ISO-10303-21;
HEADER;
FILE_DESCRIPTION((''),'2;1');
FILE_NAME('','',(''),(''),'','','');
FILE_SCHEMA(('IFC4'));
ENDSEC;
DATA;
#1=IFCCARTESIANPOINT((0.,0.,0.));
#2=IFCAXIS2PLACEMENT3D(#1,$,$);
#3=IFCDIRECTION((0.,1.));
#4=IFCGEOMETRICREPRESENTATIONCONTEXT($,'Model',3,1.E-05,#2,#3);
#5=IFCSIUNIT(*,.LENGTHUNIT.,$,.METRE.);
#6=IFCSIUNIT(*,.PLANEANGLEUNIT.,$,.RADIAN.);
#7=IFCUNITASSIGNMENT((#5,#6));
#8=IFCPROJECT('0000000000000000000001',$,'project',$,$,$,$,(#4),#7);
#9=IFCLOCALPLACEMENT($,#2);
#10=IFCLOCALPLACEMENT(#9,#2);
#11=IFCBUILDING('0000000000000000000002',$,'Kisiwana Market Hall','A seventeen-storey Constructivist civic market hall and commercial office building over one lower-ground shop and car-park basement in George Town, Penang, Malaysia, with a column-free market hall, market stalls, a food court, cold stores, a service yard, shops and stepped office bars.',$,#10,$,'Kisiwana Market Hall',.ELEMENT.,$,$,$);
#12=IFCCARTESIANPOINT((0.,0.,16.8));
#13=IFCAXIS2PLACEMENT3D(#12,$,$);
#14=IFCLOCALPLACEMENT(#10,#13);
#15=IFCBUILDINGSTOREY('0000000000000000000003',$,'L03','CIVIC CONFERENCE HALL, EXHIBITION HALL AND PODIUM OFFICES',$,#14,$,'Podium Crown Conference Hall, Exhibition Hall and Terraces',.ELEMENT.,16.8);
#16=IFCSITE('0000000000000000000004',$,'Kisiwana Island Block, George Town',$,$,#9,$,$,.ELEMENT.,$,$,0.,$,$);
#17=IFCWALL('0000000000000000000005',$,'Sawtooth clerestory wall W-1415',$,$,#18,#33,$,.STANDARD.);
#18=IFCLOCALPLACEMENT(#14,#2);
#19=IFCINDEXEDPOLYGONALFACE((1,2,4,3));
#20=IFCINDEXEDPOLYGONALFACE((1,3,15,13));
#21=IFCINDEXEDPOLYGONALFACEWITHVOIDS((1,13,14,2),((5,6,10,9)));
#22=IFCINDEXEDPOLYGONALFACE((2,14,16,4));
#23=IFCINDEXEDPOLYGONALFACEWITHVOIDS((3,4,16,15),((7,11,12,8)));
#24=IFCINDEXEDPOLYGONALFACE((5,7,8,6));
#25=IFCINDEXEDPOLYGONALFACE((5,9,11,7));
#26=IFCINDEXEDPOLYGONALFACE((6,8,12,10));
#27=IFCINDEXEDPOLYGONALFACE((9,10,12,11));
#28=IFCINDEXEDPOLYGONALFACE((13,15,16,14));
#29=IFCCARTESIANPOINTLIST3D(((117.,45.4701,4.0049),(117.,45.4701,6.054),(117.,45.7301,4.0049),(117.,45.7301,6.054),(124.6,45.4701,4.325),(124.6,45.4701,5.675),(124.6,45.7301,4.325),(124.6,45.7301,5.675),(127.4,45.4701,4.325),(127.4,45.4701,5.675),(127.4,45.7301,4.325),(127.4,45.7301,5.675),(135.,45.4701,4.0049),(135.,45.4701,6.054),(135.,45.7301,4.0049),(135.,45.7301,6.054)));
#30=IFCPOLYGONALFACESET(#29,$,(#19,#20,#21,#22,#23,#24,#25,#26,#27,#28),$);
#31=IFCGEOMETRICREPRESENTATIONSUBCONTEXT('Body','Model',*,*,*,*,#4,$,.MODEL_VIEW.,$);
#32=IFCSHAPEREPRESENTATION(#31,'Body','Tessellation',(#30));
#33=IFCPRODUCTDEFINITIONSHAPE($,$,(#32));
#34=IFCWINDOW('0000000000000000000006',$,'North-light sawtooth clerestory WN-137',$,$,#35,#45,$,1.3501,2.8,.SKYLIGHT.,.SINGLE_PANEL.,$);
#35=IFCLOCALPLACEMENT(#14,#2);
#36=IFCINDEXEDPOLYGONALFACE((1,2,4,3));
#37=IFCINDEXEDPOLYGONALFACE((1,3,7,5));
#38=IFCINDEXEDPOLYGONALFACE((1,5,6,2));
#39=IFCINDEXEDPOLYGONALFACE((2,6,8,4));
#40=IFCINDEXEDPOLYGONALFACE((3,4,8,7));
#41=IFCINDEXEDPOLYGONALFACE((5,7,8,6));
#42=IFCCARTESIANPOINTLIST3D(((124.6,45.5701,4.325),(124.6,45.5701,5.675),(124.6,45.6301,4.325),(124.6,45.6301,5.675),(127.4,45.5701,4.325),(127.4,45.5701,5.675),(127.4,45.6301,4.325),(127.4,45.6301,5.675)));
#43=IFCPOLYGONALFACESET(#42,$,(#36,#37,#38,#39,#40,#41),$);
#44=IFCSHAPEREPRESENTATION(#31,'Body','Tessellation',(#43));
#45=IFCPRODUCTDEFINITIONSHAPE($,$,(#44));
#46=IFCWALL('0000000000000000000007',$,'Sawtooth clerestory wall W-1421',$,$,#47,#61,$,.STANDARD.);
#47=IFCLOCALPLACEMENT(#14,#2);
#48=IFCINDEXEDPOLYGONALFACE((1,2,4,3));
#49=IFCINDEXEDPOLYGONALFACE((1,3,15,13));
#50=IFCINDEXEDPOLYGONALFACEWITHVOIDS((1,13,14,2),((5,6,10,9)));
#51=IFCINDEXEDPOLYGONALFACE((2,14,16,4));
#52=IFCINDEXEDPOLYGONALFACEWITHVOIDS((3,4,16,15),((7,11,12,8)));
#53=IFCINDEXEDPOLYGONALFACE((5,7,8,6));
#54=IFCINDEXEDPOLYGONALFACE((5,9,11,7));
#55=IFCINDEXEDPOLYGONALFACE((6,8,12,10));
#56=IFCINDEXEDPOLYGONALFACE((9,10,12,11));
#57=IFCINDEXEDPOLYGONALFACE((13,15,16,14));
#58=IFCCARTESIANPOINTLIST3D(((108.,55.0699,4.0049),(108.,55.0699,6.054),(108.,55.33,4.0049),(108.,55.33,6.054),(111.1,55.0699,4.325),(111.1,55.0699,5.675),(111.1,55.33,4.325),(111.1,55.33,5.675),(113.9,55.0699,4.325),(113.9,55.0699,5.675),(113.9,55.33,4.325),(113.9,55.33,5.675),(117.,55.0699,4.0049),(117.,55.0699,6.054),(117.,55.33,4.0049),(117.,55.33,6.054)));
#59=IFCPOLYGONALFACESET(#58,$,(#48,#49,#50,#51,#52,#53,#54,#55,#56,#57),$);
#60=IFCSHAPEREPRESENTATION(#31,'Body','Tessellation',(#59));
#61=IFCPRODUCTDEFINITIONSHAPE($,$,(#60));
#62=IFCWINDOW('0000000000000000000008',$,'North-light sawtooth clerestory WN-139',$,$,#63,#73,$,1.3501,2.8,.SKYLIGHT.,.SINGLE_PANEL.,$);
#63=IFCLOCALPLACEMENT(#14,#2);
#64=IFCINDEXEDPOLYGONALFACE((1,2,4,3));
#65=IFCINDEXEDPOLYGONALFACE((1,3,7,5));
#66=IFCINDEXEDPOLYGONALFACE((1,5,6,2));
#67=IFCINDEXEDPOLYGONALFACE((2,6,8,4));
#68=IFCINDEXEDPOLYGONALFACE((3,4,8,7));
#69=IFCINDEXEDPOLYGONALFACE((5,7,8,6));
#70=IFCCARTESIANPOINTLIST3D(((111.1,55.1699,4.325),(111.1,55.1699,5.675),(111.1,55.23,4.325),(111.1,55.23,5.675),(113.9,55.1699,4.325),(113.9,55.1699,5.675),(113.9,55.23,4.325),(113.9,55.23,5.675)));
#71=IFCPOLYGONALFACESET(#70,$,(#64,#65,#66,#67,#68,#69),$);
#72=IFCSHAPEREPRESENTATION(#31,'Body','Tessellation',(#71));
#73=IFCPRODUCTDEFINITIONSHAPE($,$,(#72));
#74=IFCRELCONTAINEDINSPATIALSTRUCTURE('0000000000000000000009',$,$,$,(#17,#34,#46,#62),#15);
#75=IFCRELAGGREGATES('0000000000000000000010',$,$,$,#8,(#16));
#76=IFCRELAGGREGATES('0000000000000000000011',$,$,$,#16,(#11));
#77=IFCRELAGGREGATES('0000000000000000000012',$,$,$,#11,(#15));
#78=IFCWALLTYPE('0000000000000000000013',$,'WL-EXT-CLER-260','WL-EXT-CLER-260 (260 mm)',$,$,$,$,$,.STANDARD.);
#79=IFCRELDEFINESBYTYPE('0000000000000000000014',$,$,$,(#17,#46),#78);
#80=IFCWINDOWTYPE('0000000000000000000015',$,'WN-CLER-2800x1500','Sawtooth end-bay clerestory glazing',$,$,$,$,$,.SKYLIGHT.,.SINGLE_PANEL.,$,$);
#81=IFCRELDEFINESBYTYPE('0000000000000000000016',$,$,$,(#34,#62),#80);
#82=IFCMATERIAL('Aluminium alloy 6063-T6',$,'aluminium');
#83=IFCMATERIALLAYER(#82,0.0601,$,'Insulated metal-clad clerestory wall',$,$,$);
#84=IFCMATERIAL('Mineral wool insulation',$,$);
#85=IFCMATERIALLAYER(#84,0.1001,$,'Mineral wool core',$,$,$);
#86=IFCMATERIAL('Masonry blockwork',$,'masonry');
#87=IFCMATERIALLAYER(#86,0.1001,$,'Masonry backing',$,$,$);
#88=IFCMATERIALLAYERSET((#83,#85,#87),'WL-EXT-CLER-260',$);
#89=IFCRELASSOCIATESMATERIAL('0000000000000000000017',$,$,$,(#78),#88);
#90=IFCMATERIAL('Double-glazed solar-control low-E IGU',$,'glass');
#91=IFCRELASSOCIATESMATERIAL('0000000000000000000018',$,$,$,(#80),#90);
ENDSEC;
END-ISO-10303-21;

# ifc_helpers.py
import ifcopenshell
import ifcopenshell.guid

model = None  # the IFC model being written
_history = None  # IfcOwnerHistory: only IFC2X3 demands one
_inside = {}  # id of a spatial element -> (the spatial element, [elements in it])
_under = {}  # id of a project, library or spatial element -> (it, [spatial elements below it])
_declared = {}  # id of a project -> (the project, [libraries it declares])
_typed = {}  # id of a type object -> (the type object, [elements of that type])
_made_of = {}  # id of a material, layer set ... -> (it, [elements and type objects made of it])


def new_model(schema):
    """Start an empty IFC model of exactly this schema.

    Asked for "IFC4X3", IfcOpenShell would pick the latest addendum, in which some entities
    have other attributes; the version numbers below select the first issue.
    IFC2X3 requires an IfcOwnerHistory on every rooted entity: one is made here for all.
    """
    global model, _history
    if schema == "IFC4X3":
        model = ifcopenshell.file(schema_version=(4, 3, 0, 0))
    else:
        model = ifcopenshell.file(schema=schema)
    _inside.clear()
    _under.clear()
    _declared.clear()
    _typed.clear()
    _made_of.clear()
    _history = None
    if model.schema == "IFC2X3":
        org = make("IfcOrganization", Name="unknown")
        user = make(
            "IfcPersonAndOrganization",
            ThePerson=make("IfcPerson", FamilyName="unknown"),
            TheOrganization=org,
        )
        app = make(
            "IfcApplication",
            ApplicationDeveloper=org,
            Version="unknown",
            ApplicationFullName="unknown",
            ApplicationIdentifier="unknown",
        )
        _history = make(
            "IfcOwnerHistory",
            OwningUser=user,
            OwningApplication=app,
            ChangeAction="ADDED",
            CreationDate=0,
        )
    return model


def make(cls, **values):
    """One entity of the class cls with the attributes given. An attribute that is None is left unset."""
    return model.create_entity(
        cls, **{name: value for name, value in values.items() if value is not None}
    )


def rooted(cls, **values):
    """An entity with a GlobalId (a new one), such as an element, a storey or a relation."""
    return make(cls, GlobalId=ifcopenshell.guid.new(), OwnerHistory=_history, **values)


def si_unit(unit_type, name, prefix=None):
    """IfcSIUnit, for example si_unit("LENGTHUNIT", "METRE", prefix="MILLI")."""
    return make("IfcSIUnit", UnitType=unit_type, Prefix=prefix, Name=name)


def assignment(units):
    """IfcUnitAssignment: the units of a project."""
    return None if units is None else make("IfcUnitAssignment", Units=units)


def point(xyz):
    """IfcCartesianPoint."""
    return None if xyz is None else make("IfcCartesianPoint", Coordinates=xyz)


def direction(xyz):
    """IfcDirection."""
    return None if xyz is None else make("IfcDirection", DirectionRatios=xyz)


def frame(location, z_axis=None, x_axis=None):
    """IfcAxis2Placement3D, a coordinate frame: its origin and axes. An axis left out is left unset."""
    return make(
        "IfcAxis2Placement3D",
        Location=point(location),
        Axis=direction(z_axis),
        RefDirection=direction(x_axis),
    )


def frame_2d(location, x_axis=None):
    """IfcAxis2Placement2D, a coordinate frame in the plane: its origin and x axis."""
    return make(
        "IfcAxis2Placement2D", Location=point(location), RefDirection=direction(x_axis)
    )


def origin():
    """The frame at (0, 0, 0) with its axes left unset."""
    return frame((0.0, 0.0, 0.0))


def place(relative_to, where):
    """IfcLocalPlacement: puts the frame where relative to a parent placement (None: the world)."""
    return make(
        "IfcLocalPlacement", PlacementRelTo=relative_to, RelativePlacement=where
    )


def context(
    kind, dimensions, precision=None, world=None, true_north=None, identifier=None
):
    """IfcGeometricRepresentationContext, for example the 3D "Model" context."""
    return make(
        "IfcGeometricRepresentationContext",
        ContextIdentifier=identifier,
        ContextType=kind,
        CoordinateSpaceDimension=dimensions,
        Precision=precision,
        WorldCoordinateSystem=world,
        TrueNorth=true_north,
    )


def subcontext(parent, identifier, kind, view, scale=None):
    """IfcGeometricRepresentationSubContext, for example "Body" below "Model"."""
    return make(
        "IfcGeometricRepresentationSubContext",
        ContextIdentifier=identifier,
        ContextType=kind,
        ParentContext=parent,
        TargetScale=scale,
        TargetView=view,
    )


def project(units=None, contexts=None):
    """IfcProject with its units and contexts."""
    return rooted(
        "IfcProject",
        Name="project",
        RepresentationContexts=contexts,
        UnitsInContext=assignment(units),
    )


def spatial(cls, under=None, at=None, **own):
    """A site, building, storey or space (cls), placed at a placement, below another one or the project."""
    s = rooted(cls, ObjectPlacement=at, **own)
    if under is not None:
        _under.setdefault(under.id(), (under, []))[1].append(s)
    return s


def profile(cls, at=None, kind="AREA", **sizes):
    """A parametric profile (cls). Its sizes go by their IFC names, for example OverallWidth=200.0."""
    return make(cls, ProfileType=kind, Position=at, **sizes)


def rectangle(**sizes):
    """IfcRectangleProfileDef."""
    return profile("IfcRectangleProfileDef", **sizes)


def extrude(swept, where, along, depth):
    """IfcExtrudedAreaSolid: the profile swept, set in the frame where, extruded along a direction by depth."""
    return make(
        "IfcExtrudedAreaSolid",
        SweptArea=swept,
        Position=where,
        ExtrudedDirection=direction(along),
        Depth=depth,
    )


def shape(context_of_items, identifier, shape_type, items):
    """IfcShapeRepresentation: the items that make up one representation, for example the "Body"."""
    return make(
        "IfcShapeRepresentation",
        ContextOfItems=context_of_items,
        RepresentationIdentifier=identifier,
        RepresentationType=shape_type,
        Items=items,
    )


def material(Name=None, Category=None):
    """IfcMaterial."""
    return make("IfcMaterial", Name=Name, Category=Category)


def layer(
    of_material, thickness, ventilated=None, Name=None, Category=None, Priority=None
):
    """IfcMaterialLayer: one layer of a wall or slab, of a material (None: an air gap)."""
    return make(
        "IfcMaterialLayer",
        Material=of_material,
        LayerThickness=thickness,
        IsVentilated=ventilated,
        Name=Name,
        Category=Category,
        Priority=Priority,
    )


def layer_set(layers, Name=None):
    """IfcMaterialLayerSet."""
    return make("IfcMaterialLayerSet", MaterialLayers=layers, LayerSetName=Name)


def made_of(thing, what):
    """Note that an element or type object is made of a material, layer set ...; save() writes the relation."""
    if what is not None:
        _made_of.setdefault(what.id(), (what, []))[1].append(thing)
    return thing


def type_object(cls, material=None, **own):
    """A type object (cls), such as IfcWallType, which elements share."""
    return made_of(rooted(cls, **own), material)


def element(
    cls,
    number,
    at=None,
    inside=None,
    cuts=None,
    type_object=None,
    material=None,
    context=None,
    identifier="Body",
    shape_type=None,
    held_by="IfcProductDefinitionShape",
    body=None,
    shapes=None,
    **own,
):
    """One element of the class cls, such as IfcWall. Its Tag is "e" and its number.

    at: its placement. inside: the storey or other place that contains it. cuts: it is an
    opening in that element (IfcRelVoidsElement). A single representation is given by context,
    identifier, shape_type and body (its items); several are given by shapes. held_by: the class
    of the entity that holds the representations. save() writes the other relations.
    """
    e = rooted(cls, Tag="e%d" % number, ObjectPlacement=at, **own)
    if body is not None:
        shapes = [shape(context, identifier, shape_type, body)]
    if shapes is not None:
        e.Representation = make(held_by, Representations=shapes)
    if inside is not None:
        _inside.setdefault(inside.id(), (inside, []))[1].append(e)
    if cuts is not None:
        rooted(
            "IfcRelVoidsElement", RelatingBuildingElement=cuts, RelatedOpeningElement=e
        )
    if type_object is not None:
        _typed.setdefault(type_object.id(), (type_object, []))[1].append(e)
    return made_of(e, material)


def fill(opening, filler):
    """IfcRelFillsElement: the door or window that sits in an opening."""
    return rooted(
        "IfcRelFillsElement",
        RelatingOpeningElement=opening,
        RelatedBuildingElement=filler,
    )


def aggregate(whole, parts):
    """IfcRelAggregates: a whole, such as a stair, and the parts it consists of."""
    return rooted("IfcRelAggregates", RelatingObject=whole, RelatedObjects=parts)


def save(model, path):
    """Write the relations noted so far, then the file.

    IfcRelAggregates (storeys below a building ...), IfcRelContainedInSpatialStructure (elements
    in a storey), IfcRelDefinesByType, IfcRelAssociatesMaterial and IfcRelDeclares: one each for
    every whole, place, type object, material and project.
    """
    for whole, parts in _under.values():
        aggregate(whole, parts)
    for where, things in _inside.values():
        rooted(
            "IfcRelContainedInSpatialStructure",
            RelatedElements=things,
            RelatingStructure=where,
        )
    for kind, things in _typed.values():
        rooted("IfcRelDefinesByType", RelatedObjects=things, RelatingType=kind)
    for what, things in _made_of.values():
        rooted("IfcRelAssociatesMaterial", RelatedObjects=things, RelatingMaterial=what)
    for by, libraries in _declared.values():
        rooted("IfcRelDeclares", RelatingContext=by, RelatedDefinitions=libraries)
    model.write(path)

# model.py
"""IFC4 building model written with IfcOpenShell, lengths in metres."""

from ifc_helpers import new_model, si_unit, direction, frame, frame_2d, origin, place, context, subcontext, project, spatial, rectangle, extrude, material, layer, layer_set, type_object, element, fill, save


model = new_model("IFC4")

# Units and contexts
model_context = context("Model", 3, precision=1e-05, world=origin(), true_north=direction((0.0, 1.0)))
body_context = subcontext(model_context, "Body", "Model", "MODEL_VIEW")
ifc_project = project(units=[si_unit("LENGTHUNIT", "METRE"), si_unit("PLANEANGLEUNIT", "RADIAN")], contexts=[model_context])

# Site, building, storey
site_placement = place(None, origin())
site = spatial("IfcSite", under=ifc_project, at=site_placement, Name="Kisiwana Island Block, George Town", CompositionType="ELEMENT", RefElevation=0.0)
building_placement = place(site_placement, origin())
building = spatial("IfcBuilding", under=site, at=building_placement, Name="Kisiwana Market Hall", Description="A seventeen-storey Constructivist civic market hall and commercial office building over one lower-ground shop and car-park basement in George Town, Penang, Malaysia, with a column-free market hall, market stalls, a food court, cold stores, a service yard, shops and stepped office bars.", LongName="Kisiwana Market Hall", CompositionType="ELEMENT")
storey_placement = place(building_placement, frame((0.0, 0.0, 16.8)))
storey = spatial("IfcBuildingStorey", under=building, at=storey_placement, Name="L03", Description="CIVIC CONFERENCE HALL, EXHIBITION HALL AND PODIUM OFFICES", LongName="Podium Crown Conference Hall, Exhibition Hall and Terraces", CompositionType="ELEMENT", Elevation=16.8)

# Walls, openings, windows
ifc_material_1 = material(Name="Aluminium alloy 6063-T6", Category="aluminium")
ifc_layer_1 = layer(ifc_material_1, 0.0601, Name="Insulated metal-clad clerestory wall")
ifc_material_2 = material(Name="Mineral wool insulation")
ifc_layer_2 = layer(ifc_material_2, 0.1001, Name="Mineral wool core")
ifc_material_3 = material(Name="Masonry blockwork", Category="masonry")
ifc_layer_3 = layer(ifc_material_3, 0.1001, Name="Masonry backing")
ifc_layer_set_1 = layer_set([ifc_layer_1, ifc_layer_2, ifc_layer_3], Name="WL-EXT-CLER-260")
wall_type = type_object("IfcWallType", Name="WL-EXT-CLER-260", Description="WL-EXT-CLER-260 (260 mm)", PredefinedType="STANDARD", material=ifc_layer_set_1)
wall_1_placement = place(storey_placement, frame((117.0, 45.6001, 4.0049), z_axis=(0.0, 0.0, 1.0), x_axis=(1.0, 0.0, 0.0)))
wall_1 = element("IfcWall", 1, at=wall_1_placement, inside=storey, type_object=wall_type, Name="Sawtooth clerestory wall W-1415", PredefinedType="STANDARD", context=body_context, shape_type="SweptSolid", body=[
    extrude(rectangle(XDim=18.0, YDim=0.26, at=frame_2d((9.0, 0.0))), origin(), (0.0, 0.0, 1.0), 2.0491),
])
opening_1_placement = place(wall_1_placement, frame((7.6001, 0.0, 0.3201)))
opening_1 = element("IfcOpeningElement", 2, at=opening_1_placement, cuts=wall_1, PredefinedType="OPENING", context=body_context, shape_type="SweptSolid", body=[
    extrude(rectangle(XDim=2.8, YDim=1.3501, at=frame_2d((1.3999, 0.675))), frame((0.0, 0.1421, 0.0), z_axis=(0.0, -1.0, 0.0), x_axis=(1.0, 0.0, 0.0)), (0.0, 0.0, 1.0), 0.2839),
])
ifc_material_4 = material(Name="Double-glazed solar-control low-E IGU", Category="glass")
window_type = type_object("IfcWindowType", Name="WN-CLER-2800x1500", Description="Sawtooth end-bay clerestory glazing", PartitioningType="SINGLE_PANEL", PredefinedType="SKYLIGHT", material=ifc_material_4)
window_1_placement = place(opening_1_placement, origin())
window_1 = element("IfcWindow", 3, at=window_1_placement, inside=storey, type_object=window_type, Name="North-light sawtooth clerestory WN-137", OverallHeight=1.3501, OverallWidth=2.8, PartitioningType="SINGLE_PANEL", PredefinedType="SKYLIGHT", context=body_context, shape_type="SweptSolid", body=[
    extrude(rectangle(XDim=2.8, YDim=1.3501, at=frame_2d((1.3999, 0.675))), frame((0.0, 0.03, 0.0), z_axis=(0.0, -1.0, 0.0), x_axis=(1.0, 0.0, 0.0)), (0.0, 0.0, 1.0), 0.0601),
])
fill(opening_1, window_1)
wall_2_placement = place(storey_placement, frame((108.0, 55.2, 4.0049), z_axis=(0.0, 0.0, 1.0), x_axis=(1.0, 0.0, 0.0)))
wall_2 = element("IfcWall", 4, at=wall_2_placement, inside=storey, type_object=wall_type, Name="Sawtooth clerestory wall W-1421", PredefinedType="STANDARD", context=body_context, shape_type="SweptSolid", body=[
    extrude(rectangle(XDim=9.0, YDim=0.26, at=frame_2d((4.5, 0.0))), origin(), (0.0, 0.0, 1.0), 2.0491),
])
opening_2_placement = place(wall_2_placement, frame((3.1001, 0.0, 0.3201)))
opening_2 = element("IfcOpeningElement", 5, at=opening_2_placement, cuts=wall_2, PredefinedType="OPENING", context=body_context, shape_type="SweptSolid", body=[
    extrude(rectangle(XDim=2.8, YDim=1.3501, at=frame_2d((1.3999, 0.675))), frame((0.0, 0.1421, 0.0), z_axis=(0.0, -1.0, 0.0), x_axis=(1.0, 0.0, 0.0)), (0.0, 0.0, 1.0), 0.2839),
])
window_2_placement = place(opening_2_placement, origin())
window_2 = element("IfcWindow", 6, at=window_2_placement, inside=storey, type_object=window_type, Name="North-light sawtooth clerestory WN-139", OverallHeight=1.3501, OverallWidth=2.8, PartitioningType="SINGLE_PANEL", PredefinedType="SKYLIGHT", context=body_context, shape_type="SweptSolid", body=[
    extrude(rectangle(XDim=2.8, YDim=1.3501, at=frame_2d((1.3999, 0.675))), frame((0.0, 0.03, 0.0), z_axis=(0.0, -1.0, 0.0), x_axis=(1.0, 0.0, 0.0)), (0.0, 0.0, 1.0), 0.0601),
])
fill(opening_2, window_2)

save(model, "model.ifc")
